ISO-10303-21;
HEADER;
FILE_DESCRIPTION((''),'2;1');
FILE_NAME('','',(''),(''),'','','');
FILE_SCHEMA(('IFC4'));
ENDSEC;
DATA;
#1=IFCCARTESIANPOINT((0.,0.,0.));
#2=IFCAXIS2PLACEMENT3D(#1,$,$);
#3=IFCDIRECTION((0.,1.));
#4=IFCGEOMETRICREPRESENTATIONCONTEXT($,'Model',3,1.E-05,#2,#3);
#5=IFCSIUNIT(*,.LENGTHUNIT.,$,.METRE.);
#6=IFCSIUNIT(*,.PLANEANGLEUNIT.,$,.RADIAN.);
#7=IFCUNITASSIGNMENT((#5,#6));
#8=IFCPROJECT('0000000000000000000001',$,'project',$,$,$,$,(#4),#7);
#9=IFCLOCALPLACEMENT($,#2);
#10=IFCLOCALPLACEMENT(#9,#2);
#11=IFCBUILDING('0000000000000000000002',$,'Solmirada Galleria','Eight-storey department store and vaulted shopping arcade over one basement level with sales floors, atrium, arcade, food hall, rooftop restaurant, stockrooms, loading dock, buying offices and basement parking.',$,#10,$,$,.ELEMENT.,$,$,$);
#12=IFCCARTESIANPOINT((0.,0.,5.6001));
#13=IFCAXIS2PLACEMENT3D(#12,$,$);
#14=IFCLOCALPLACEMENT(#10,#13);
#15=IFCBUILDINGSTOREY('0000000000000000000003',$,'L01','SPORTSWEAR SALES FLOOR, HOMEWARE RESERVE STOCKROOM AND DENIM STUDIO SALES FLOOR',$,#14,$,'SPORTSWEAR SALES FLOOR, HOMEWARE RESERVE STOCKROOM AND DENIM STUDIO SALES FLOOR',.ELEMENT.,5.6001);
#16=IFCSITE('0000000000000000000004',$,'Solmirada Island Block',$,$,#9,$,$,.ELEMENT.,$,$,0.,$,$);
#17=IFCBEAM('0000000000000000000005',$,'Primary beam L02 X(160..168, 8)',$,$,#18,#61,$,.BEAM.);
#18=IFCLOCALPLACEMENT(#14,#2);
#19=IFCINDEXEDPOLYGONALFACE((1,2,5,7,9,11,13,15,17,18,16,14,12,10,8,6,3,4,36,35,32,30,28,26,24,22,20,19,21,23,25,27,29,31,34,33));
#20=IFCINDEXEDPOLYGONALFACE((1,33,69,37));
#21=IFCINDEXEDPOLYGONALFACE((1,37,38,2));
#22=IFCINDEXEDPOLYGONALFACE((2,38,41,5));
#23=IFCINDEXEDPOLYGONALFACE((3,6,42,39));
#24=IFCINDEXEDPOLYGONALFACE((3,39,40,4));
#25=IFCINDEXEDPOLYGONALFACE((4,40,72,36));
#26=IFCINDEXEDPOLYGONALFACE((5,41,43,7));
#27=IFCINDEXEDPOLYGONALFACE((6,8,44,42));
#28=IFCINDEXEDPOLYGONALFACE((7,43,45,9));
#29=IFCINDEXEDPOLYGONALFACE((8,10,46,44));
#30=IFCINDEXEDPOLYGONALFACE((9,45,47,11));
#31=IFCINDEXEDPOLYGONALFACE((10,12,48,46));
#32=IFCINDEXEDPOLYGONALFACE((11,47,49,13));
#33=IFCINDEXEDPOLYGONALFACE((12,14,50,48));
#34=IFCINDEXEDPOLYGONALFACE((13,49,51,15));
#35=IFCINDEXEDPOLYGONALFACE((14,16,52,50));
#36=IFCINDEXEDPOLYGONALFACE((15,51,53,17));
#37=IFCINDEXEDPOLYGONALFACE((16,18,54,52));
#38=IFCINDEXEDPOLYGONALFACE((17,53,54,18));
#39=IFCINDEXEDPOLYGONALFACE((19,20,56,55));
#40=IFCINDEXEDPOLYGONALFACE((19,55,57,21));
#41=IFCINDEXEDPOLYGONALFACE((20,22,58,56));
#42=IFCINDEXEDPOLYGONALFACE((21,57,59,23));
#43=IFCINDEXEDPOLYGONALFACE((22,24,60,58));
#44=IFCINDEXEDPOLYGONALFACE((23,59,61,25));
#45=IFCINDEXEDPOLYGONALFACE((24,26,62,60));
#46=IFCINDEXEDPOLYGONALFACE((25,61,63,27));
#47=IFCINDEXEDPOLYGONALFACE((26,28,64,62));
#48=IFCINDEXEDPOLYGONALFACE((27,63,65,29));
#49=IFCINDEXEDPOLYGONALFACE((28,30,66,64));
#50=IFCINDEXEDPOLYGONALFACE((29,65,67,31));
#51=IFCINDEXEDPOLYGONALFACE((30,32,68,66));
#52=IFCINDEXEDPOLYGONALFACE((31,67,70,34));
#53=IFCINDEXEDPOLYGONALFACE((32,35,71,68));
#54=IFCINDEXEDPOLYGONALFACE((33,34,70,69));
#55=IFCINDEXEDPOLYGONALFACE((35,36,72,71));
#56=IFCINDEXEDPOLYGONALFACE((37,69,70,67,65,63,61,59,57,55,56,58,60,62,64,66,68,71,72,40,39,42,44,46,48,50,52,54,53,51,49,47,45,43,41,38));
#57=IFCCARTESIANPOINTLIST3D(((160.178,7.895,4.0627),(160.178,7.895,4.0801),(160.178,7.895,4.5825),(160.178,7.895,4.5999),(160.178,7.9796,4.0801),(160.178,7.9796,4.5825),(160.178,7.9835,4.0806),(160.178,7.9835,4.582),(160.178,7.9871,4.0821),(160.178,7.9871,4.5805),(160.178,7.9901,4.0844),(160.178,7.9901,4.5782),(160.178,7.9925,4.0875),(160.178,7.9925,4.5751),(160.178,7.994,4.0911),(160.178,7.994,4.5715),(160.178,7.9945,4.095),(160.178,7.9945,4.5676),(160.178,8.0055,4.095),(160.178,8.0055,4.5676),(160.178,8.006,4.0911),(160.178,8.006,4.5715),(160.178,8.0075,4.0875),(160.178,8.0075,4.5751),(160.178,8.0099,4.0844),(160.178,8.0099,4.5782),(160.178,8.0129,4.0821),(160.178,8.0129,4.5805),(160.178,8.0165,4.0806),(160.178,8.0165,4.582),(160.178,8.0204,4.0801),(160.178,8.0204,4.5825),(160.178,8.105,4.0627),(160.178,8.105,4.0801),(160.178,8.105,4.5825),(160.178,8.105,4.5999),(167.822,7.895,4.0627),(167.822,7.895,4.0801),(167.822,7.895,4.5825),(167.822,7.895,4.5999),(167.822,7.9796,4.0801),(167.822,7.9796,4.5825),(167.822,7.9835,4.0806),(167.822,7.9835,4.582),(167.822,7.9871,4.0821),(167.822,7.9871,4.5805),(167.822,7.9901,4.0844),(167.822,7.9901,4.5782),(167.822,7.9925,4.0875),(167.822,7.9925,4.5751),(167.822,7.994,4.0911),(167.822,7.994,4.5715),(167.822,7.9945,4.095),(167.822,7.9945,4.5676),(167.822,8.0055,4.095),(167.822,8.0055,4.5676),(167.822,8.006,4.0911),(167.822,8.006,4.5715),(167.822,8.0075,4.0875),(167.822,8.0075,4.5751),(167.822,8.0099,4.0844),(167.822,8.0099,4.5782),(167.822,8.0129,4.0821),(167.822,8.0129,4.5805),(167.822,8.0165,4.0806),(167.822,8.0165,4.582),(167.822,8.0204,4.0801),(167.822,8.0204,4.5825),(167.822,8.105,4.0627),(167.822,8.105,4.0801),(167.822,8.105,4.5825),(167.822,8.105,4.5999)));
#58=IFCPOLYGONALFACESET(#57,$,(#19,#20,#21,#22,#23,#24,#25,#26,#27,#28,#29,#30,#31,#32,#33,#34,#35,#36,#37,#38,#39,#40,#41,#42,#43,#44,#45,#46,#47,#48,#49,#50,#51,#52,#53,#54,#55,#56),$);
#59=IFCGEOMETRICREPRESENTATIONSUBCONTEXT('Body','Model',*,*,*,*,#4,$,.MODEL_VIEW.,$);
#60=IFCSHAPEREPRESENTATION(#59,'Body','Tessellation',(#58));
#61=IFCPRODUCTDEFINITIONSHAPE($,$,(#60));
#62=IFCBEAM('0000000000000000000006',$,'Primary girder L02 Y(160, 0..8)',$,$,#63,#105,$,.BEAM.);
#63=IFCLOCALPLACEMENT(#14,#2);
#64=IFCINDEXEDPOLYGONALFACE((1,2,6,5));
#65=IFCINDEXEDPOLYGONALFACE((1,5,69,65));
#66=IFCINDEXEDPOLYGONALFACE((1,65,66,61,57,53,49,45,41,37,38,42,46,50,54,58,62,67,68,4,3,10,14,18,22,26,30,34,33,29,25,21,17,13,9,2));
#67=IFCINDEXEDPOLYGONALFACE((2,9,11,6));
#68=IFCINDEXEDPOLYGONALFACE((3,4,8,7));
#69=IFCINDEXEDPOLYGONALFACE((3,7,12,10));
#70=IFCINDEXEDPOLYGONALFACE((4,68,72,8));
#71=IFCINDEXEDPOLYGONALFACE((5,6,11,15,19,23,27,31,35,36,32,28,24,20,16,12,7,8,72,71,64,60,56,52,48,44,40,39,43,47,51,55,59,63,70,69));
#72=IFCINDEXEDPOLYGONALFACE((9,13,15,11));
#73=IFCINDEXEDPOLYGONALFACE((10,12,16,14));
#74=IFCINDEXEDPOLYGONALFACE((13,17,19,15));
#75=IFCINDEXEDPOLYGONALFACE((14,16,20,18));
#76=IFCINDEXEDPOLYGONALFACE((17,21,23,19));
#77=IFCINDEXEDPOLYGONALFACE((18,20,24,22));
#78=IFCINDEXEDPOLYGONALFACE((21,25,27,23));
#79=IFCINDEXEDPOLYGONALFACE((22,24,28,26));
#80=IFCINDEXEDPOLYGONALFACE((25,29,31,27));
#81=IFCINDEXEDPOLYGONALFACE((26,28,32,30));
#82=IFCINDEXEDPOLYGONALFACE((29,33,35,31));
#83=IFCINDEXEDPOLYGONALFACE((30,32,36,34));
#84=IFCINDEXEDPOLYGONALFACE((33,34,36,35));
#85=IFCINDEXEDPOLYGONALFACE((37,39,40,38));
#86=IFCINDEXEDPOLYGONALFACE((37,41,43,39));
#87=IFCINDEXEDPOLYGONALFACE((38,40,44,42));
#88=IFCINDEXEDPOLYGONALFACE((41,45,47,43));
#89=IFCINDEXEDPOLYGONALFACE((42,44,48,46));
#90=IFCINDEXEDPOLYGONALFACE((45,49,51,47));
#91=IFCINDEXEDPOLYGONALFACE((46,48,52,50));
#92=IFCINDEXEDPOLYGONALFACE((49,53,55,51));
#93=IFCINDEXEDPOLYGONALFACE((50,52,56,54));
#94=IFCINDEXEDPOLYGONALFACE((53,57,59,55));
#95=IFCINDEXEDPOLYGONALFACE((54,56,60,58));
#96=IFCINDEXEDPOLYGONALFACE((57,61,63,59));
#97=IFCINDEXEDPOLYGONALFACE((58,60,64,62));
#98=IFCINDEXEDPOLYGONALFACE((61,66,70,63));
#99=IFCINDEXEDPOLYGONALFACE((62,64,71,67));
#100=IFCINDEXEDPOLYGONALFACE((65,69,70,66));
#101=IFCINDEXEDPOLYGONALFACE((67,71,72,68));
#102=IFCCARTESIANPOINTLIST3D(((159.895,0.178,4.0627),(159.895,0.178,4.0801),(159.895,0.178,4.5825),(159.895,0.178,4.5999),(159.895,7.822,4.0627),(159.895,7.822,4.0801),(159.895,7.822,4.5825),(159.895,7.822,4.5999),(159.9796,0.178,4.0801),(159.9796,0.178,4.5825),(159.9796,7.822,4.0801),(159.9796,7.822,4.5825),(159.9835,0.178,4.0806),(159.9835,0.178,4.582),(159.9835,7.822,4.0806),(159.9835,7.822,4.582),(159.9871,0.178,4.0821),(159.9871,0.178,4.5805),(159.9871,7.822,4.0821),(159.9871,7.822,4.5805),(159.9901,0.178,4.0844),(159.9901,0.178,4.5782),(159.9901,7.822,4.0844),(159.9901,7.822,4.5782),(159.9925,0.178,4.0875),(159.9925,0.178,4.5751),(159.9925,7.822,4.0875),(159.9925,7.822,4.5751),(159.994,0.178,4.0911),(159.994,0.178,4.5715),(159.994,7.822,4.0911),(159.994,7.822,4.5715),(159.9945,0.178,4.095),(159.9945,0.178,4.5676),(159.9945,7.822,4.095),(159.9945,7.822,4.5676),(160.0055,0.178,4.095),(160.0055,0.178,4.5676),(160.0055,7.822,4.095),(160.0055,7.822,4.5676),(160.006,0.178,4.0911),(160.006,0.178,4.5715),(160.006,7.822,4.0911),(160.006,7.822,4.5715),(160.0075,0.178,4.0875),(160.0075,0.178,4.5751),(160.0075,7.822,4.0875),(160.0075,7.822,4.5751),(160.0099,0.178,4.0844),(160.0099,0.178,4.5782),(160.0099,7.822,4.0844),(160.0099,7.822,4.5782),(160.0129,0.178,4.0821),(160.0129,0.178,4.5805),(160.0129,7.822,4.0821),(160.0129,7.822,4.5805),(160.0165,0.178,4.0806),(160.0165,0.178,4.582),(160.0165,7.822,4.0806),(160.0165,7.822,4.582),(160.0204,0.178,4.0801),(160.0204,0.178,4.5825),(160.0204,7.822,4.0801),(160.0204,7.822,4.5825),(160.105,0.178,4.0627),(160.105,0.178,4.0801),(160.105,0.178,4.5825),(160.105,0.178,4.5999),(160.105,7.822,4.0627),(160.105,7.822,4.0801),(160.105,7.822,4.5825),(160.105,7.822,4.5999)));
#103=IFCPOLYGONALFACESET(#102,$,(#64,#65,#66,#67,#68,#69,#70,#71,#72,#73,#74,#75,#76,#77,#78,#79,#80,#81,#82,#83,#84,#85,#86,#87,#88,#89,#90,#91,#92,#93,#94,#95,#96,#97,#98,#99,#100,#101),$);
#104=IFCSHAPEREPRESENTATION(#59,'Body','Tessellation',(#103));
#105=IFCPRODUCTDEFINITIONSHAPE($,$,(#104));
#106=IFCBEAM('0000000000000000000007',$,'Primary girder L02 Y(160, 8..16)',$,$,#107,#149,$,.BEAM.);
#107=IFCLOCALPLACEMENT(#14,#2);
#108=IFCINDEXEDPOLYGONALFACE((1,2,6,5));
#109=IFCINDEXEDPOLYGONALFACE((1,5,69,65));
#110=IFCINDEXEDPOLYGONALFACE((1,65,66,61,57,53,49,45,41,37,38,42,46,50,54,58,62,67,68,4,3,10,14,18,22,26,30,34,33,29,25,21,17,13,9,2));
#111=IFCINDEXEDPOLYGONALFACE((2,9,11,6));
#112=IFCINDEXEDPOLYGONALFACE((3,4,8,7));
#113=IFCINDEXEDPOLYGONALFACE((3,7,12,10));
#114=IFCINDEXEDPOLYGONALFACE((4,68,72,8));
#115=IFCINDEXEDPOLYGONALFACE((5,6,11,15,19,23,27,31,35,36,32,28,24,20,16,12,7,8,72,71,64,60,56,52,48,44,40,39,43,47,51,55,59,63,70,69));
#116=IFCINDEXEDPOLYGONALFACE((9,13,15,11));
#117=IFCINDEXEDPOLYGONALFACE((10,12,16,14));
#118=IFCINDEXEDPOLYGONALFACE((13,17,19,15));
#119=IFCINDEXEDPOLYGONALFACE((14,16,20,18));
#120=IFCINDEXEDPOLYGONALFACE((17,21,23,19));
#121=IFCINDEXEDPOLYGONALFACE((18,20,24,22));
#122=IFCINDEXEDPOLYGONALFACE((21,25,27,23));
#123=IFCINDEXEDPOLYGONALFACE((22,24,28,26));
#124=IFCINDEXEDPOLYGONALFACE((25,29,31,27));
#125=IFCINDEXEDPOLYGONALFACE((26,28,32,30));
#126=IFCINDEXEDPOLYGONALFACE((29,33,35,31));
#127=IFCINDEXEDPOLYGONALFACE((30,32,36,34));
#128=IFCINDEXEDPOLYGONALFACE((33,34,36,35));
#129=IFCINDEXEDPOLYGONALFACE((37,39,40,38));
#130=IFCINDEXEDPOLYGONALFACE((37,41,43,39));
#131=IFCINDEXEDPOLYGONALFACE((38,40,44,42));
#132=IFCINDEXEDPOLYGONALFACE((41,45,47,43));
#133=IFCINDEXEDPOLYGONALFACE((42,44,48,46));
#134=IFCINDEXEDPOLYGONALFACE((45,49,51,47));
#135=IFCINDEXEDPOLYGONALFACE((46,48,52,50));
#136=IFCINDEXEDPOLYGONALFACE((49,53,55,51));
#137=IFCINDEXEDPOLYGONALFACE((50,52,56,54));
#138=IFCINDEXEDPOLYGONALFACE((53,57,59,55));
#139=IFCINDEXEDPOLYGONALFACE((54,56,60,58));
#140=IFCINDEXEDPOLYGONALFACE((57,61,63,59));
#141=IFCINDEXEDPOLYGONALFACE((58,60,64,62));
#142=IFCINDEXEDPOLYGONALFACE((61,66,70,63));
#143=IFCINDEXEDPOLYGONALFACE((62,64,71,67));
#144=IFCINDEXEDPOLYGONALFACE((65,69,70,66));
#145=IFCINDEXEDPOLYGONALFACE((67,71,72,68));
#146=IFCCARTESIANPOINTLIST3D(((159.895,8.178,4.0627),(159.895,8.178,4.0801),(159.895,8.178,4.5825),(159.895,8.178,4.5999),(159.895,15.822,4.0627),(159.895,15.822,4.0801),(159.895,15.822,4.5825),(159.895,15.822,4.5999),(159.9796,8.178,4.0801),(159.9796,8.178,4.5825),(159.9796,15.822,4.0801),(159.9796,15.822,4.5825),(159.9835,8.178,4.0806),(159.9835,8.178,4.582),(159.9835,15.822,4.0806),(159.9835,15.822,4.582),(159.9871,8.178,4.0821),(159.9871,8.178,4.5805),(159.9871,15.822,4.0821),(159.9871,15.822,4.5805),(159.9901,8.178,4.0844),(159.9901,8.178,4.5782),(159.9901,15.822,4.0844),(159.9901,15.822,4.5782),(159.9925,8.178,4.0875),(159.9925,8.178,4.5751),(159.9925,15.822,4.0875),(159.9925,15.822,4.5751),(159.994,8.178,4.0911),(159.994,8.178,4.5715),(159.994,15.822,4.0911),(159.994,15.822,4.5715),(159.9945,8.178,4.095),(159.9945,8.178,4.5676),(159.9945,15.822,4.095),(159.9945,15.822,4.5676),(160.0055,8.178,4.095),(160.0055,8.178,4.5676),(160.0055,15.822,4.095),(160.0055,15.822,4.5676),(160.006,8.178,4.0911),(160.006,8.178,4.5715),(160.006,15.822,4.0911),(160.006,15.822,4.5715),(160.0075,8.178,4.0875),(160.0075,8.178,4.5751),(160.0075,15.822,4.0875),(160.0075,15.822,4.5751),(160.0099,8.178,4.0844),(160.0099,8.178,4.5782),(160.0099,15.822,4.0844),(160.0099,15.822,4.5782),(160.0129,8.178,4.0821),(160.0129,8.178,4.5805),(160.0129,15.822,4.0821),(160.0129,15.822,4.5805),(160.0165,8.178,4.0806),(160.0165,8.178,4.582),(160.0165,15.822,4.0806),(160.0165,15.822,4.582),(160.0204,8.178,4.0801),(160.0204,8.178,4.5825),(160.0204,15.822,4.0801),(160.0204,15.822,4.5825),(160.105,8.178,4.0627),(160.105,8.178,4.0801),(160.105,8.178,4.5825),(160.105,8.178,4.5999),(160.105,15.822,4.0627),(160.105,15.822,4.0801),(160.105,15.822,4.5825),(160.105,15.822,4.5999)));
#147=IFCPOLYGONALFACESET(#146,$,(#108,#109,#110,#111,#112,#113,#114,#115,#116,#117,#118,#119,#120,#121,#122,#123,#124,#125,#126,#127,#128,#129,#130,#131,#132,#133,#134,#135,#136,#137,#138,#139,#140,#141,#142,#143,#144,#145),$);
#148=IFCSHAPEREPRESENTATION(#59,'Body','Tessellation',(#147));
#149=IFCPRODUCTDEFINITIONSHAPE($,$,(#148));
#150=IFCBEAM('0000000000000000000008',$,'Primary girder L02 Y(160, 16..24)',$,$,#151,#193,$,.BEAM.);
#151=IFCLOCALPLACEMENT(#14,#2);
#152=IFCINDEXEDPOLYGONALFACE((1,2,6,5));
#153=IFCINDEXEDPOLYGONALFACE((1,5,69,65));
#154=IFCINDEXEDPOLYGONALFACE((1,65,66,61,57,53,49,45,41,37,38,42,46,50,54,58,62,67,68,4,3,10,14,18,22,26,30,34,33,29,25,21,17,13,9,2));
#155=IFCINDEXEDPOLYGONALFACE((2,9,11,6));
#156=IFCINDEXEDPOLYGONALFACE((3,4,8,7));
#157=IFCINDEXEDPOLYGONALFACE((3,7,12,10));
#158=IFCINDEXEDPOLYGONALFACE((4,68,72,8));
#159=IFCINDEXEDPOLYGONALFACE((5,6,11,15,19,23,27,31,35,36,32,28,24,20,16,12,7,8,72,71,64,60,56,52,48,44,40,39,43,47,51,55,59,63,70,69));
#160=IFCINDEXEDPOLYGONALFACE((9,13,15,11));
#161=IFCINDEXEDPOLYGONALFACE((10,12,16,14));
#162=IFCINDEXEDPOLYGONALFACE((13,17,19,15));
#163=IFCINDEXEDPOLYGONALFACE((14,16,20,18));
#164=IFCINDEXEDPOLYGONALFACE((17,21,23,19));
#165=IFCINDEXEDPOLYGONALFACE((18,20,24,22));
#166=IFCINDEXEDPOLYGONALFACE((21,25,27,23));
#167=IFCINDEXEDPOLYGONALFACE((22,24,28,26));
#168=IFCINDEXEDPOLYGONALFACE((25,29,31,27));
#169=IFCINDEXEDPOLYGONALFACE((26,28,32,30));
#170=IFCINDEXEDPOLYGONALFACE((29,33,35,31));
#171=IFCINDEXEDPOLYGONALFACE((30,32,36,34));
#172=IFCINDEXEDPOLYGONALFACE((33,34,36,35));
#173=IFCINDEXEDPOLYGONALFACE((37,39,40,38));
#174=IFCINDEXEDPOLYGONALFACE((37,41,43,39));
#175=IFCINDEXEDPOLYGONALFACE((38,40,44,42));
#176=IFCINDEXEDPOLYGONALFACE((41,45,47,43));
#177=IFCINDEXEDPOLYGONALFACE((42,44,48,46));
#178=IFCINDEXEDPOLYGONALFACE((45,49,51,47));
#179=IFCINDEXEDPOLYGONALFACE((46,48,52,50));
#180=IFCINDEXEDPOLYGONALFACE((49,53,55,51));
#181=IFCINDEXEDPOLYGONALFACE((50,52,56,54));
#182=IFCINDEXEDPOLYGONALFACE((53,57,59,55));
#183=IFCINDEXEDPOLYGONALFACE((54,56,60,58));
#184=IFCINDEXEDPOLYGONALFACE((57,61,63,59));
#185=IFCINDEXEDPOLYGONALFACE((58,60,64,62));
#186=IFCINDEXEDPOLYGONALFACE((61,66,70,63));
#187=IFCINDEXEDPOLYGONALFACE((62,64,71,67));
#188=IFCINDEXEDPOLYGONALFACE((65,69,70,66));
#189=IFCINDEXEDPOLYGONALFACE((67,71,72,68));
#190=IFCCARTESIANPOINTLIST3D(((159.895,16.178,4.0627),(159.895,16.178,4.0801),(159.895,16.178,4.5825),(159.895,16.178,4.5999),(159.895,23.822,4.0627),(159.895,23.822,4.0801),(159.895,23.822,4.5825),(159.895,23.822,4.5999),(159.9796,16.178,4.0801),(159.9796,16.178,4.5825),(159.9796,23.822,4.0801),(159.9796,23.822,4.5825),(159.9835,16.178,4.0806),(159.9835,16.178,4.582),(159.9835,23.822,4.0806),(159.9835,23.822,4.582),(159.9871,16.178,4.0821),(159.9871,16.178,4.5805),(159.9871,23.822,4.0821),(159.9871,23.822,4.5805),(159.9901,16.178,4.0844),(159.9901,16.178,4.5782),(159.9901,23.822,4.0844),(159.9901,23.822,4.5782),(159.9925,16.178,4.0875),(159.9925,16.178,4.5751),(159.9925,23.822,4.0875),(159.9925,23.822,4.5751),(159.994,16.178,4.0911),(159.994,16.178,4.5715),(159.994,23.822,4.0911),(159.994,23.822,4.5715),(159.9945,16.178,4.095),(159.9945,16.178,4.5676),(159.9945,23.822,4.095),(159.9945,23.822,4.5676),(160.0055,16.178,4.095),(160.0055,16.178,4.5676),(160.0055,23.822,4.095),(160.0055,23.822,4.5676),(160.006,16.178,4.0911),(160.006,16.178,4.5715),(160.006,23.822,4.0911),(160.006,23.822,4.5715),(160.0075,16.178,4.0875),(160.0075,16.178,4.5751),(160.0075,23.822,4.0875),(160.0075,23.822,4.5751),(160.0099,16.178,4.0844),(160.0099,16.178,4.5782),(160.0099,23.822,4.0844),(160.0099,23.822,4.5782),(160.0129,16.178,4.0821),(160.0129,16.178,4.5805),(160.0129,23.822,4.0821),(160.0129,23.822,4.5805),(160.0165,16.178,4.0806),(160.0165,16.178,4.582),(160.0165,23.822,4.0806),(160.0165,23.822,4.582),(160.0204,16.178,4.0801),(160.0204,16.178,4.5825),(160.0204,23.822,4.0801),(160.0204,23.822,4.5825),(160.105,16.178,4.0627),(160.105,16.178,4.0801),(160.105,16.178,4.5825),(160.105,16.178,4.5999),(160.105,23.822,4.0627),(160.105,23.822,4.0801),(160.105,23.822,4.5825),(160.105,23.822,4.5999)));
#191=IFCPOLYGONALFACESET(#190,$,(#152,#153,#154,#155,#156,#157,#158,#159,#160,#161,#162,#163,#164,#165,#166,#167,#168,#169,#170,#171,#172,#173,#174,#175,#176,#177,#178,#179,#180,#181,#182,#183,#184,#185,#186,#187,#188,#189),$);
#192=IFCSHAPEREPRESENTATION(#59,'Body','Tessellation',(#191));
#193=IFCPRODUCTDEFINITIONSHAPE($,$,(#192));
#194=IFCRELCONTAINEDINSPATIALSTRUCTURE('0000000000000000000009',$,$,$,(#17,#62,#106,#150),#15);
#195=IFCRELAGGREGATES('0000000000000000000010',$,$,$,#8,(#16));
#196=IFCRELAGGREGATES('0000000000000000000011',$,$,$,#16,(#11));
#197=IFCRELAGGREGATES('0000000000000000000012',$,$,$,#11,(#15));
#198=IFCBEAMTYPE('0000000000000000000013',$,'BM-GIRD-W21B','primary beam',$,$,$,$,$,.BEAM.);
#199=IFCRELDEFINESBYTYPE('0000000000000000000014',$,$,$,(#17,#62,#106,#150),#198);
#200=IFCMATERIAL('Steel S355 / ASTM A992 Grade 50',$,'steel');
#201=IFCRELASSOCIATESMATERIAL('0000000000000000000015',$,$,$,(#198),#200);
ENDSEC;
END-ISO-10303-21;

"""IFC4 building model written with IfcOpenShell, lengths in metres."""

from ifc_helpers import new_model, si_unit, direction, frame, origin, origin_2d, place, context, subcontext, project, spatial, i_section, extrude, material, material_profile, profile_set, type_object, element, save


model = new_model("IFC4")

# Units and contexts
model_context = context("Model", 3, precision=1e-05, world=origin(), true_north=direction((0.0, 1.0)))
body_context = subcontext(model_context, "Body", "Model", "MODEL_VIEW")
ifc_project = project(units=[si_unit("LENGTHUNIT", "METRE"), si_unit("PLANEANGLEUNIT", "RADIAN")], contexts=[model_context])

# Site, building, storey
site_placement = place(None, origin())
site = spatial("IfcSite", under=ifc_project, at=site_placement, Name="Solmirada Island Block", CompositionType="ELEMENT", RefElevation=0.0)
building_placement = place(site_placement, origin())
building = spatial("IfcBuilding", under=site, at=building_placement, Name="Solmirada Galleria", Description="Eight-storey department store and vaulted shopping arcade over one basement level with sales floors, atrium, arcade, food hall, rooftop restaurant, stockrooms, loading dock, buying offices and basement parking.", CompositionType="ELEMENT")
storey_placement = place(building_placement, frame((0.0, 0.0, 5.6001)))
storey = spatial("IfcBuildingStorey", under=building, at=storey_placement, Name="L01", Description="SPORTSWEAR SALES FLOOR, HOMEWARE RESERVE STOCKROOM AND DENIM STUDIO SALES FLOOR", LongName="SPORTSWEAR SALES FLOOR, HOMEWARE RESERVE STOCKROOM AND DENIM STUDIO SALES FLOOR", CompositionType="ELEMENT", Elevation=5.6001)

# Beams
ifc_material_1 = material(Name="Steel S355 / ASTM A992 Grade 50", Category="steel")
ifc_material_profile_1 = material_profile(ifc_material_1, i_section(OverallWidth=0.21, OverallDepth=0.5371, WebThickness=0.011, FlangeThickness=0.0173, FilletRadius=0.0149, at=origin_2d()), Name="W21X68")
ifc_profile_set_1 = profile_set([ifc_material_profile_1], Name="Steel S355 / ASTM A992 Grade 50")
beam_type_1 = type_object("IfcBeamType", Name="BM-GIRD-W21B", Description="primary beam", PredefinedType="BEAM", material=ifc_profile_set_1)
for number, where, z_axis, x_axis, name in (
    (1, (160.178, 8.0, 4.3313), (1.0, 0.0, 0.0), (0.0, 1.0, 0.0), "Primary beam L02 X(160..168, 8)"),
    (2, (160.0, 0.178, 4.3313), (0.0, 1.0, 0.0), (-1.0, 0.0, 0.0), "Primary girder L02 Y(160, 0..8)"),
    (3, (160.0, 8.178, 4.3313), (0.0, 1.0, 0.0), (-1.0, 0.0, 0.0), "Primary girder L02 Y(160, 8..16)"),
    (4, (160.0, 16.178, 4.3313), (0.0, 1.0, 0.0), (-1.0, 0.0, 0.0), "Primary girder L02 Y(160, 16..24)"),
):
    element("IfcBeam", number, at=place(storey_placement, frame(where, z_axis=z_axis, x_axis=x_axis)), inside=storey, type_object=beam_type_1, Name=name, PredefinedType="BEAM", context=body_context, shape_type="SweptSolid", body=[
        extrude(i_section(OverallWidth=0.21, OverallDepth=0.5371, WebThickness=0.011, FlangeThickness=0.0173, FilletRadius=0.0149, at=origin_2d()), origin(), (0.0, 0.0, 1.0), 7.644),
    ])

save(model, "model.ifc")
